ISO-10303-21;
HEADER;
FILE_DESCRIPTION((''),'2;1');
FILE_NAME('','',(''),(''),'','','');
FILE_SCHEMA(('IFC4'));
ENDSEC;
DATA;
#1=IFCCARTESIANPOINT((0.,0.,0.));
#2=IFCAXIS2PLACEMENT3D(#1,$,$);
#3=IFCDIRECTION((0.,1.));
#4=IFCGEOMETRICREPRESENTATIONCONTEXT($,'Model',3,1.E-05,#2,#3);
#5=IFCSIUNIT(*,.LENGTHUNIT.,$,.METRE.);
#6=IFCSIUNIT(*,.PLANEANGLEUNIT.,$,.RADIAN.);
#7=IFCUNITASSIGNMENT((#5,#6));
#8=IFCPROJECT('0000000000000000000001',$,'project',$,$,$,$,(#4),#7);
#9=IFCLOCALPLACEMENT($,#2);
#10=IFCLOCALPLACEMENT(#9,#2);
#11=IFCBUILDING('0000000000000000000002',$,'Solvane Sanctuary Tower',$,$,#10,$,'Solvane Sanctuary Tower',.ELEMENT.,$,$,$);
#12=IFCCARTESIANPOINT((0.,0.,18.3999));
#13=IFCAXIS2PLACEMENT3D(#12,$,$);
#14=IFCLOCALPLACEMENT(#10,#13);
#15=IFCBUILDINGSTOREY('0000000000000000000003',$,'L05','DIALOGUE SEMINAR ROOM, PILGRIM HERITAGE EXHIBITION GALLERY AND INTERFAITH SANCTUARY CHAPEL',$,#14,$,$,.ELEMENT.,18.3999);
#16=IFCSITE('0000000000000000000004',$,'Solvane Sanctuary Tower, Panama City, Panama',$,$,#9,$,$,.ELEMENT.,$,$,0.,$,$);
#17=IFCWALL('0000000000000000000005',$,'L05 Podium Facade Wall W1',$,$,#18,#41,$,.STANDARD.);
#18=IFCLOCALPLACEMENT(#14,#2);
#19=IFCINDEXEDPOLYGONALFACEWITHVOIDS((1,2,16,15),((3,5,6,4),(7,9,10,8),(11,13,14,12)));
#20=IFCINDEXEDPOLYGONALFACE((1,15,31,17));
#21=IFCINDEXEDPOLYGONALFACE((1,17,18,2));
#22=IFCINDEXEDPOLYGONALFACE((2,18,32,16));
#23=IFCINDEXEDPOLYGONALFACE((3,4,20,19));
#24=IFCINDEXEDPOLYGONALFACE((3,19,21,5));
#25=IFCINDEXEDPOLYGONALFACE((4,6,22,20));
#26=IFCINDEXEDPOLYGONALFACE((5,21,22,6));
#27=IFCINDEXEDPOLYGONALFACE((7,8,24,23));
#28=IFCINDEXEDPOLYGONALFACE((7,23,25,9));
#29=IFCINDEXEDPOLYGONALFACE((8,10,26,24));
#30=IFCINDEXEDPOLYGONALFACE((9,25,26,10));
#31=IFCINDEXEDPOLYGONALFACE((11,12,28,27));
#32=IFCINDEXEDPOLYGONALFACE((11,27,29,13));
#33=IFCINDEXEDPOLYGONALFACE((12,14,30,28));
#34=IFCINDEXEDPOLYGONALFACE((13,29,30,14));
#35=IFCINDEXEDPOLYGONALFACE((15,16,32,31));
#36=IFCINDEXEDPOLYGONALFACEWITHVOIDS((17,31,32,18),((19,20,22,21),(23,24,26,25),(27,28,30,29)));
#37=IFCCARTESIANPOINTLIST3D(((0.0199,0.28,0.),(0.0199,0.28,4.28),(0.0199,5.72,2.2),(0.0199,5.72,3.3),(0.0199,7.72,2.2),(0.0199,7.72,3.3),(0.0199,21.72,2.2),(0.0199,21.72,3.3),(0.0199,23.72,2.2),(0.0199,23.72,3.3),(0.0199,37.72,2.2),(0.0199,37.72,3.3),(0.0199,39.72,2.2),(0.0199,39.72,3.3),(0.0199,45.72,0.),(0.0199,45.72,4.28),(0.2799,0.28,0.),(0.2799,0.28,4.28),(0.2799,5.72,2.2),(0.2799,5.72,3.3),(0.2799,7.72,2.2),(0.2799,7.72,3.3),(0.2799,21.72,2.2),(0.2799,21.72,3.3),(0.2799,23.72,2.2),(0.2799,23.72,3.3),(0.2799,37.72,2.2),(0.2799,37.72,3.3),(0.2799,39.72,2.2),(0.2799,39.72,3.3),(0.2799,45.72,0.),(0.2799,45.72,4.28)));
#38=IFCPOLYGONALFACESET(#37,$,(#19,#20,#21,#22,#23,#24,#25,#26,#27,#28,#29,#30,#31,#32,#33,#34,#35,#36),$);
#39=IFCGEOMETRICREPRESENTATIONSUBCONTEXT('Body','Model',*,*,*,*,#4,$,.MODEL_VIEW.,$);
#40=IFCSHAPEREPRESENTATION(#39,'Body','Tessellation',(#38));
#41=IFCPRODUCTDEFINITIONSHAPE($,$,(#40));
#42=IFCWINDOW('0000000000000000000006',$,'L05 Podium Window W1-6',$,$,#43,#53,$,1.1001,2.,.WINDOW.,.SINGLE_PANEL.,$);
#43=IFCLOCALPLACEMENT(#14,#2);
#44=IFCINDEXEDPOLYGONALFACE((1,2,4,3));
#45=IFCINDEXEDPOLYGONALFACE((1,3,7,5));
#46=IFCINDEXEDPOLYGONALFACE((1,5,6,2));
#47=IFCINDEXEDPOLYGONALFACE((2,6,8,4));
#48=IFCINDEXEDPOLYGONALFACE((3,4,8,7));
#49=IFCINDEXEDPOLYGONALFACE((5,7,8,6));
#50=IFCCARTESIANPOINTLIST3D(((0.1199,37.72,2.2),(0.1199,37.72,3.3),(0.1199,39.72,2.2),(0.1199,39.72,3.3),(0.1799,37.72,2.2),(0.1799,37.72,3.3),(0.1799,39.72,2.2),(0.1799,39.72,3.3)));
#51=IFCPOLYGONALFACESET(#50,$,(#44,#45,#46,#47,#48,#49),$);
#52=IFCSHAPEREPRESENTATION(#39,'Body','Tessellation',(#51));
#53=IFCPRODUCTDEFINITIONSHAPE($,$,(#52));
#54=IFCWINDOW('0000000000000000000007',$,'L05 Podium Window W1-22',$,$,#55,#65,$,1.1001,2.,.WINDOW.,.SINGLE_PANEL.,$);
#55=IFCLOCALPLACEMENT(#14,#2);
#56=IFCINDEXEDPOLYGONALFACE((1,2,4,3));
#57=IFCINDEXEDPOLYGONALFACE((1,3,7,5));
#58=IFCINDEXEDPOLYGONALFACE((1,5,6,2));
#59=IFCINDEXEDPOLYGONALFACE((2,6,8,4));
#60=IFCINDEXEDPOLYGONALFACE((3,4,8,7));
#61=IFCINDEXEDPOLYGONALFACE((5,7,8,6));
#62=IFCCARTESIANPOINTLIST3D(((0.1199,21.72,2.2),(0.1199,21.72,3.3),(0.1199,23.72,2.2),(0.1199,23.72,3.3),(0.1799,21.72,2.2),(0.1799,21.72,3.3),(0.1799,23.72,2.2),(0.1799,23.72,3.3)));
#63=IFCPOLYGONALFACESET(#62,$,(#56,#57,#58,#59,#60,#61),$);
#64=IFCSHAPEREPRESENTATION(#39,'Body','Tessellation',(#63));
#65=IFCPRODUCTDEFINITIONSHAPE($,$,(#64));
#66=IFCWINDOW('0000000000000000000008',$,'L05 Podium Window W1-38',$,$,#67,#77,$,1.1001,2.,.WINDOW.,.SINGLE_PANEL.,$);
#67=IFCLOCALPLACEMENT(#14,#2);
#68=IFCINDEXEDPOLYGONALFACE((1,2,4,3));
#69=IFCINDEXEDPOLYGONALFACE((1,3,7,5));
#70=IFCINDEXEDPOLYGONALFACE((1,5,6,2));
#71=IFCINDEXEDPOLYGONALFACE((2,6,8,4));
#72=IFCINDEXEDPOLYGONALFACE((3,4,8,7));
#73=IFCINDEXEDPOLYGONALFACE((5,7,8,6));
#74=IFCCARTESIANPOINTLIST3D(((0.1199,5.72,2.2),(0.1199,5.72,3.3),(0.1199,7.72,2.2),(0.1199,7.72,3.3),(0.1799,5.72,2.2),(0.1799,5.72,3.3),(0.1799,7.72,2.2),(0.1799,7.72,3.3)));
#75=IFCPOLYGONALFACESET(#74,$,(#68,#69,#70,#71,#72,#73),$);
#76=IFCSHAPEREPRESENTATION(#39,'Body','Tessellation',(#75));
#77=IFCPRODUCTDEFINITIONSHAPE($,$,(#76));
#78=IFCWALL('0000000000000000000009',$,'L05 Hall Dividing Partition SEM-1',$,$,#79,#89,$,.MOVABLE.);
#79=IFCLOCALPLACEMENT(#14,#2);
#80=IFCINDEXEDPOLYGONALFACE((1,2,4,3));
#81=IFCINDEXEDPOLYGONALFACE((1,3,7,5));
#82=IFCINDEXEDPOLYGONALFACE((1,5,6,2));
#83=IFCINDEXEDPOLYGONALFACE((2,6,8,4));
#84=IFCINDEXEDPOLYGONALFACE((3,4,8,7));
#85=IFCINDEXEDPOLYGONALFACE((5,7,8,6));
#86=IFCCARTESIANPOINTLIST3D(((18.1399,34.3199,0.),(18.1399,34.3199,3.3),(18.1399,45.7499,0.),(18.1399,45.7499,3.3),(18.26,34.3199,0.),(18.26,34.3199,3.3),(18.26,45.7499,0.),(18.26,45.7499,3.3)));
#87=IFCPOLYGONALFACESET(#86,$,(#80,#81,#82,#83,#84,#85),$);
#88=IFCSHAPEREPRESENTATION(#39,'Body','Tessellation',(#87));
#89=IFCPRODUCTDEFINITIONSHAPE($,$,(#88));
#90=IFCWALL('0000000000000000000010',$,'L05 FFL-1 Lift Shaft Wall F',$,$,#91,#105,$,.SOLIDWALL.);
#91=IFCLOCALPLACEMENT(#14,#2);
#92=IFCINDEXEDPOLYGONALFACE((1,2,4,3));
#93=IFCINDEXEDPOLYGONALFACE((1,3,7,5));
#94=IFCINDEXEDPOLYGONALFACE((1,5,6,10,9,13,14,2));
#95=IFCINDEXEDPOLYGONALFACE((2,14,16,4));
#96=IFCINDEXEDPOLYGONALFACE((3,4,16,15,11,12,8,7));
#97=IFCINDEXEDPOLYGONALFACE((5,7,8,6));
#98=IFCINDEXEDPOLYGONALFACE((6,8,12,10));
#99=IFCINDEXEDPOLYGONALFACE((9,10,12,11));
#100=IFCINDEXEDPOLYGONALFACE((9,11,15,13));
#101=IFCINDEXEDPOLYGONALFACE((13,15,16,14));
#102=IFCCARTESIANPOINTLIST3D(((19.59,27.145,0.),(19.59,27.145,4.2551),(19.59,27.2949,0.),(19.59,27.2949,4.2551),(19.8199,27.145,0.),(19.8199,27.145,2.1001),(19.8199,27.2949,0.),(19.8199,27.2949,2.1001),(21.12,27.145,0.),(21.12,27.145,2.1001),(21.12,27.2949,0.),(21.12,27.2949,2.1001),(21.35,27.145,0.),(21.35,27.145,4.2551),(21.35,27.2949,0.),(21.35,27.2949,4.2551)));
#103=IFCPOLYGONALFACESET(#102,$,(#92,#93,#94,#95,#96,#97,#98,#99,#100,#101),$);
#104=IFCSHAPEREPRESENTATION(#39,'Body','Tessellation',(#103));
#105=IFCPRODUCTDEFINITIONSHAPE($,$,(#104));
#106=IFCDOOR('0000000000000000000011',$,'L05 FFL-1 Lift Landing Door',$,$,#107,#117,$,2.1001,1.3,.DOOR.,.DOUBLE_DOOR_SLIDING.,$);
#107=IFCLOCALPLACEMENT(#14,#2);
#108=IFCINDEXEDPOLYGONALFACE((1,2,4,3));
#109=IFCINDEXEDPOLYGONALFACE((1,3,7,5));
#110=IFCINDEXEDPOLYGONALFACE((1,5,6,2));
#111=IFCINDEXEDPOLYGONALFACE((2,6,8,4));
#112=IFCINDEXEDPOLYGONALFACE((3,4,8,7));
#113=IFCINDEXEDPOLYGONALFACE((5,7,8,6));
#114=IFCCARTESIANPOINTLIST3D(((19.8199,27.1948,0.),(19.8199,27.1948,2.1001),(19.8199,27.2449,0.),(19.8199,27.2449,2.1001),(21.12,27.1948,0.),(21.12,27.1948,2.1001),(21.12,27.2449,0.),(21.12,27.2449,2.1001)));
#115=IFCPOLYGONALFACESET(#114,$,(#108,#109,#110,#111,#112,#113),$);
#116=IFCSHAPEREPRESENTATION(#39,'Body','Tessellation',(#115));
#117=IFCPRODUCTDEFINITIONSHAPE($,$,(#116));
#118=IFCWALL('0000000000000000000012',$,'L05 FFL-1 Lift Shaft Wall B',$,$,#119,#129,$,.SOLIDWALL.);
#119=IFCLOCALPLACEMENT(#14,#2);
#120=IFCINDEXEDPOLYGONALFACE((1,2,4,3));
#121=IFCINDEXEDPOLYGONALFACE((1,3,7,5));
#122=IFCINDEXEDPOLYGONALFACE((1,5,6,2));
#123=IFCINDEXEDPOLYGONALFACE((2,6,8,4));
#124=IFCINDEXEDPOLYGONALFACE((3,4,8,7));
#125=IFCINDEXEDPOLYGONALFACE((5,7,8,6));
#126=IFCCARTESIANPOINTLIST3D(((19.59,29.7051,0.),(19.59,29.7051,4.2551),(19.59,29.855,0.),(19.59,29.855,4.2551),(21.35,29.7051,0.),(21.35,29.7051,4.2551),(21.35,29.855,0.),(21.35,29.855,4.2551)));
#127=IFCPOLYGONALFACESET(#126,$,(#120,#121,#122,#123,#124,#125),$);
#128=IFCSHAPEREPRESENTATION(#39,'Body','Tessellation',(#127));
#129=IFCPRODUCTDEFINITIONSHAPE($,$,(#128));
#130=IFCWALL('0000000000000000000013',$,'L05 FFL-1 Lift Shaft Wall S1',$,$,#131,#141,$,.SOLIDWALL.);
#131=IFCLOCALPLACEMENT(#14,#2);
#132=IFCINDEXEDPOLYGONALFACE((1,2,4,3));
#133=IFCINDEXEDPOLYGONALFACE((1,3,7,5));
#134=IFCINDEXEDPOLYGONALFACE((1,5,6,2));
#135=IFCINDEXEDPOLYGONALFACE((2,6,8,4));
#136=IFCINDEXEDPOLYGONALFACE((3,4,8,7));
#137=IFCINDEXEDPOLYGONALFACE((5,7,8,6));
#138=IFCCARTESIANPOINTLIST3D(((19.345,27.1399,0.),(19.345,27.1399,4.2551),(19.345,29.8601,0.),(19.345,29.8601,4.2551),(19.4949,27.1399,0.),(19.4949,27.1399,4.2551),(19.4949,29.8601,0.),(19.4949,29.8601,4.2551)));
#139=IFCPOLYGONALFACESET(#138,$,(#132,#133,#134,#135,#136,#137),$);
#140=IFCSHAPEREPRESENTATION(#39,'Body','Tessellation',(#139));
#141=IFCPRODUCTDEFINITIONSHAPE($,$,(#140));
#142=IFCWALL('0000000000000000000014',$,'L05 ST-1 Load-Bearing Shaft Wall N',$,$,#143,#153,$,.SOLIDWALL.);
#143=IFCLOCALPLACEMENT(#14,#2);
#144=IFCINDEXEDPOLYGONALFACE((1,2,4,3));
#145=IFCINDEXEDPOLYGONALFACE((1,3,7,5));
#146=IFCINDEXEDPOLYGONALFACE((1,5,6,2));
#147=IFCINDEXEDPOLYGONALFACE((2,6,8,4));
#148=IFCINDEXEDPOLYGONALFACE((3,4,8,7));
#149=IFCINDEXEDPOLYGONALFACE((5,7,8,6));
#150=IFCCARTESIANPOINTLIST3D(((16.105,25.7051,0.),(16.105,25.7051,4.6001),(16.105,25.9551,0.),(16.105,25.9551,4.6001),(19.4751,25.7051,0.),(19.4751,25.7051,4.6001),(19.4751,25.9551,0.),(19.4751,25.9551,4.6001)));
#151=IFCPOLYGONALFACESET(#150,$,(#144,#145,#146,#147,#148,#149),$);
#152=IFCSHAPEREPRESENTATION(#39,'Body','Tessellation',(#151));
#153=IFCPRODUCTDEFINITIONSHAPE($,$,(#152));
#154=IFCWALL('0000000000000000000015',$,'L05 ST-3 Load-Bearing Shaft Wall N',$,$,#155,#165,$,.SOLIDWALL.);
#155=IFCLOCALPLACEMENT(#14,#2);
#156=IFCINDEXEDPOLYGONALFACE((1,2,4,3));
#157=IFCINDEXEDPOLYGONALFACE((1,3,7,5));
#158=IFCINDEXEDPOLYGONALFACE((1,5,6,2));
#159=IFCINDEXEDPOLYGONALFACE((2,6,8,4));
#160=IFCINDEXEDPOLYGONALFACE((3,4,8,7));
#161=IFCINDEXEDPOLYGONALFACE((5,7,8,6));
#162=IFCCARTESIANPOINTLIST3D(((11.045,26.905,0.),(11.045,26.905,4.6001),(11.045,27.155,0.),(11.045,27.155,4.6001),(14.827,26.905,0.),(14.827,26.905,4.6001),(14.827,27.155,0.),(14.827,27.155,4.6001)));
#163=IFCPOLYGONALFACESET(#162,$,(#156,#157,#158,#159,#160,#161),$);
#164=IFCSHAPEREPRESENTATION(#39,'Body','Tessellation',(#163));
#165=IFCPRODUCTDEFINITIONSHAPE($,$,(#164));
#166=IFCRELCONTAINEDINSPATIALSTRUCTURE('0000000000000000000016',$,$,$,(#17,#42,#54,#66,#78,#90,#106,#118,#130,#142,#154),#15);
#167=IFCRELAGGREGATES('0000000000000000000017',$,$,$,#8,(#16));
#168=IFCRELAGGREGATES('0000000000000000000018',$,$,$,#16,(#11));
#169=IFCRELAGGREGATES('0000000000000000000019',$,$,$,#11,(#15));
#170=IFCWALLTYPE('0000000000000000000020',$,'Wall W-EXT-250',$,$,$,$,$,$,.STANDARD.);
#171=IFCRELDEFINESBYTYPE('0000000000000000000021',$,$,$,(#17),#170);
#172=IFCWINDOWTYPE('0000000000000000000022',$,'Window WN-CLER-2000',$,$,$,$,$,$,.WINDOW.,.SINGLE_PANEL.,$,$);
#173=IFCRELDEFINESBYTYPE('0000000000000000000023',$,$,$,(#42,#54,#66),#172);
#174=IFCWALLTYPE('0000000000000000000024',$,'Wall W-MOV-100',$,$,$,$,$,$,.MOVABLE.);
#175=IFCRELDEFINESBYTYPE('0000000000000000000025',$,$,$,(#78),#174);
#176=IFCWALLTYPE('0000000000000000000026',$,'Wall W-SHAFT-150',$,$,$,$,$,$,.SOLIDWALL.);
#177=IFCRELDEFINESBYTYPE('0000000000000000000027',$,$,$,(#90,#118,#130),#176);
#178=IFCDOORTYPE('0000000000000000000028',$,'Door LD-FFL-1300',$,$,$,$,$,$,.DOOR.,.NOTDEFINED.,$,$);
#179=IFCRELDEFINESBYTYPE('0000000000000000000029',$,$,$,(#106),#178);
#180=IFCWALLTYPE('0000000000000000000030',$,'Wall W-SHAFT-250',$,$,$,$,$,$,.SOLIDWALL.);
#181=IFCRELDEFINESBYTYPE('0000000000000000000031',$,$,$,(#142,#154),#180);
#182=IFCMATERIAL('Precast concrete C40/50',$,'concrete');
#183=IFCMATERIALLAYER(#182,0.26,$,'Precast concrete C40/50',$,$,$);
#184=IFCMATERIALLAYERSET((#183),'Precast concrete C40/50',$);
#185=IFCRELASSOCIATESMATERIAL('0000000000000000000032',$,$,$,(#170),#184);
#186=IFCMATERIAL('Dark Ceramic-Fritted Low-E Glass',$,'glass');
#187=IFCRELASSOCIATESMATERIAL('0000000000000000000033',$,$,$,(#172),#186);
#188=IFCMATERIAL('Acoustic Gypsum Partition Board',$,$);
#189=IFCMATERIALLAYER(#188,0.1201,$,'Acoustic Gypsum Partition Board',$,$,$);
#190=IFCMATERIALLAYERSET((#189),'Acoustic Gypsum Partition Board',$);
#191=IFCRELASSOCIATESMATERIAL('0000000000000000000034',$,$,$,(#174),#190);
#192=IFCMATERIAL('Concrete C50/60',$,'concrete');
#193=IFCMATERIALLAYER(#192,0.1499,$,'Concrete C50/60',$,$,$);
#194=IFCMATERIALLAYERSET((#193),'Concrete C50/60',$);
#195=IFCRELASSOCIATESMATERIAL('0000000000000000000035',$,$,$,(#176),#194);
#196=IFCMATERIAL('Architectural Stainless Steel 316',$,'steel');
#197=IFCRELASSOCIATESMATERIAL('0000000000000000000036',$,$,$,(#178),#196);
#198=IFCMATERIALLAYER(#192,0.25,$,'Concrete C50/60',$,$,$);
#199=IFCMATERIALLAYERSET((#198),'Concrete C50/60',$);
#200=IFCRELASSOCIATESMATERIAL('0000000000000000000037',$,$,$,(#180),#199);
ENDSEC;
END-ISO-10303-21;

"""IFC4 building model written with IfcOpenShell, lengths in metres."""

from ifc_helpers import new_model, si_unit, direction, frame, frame_2d, origin, place, context, subcontext, project, spatial, rectangle, extrude, material, layer, layer_set, type_object, element, fill, save


model = new_model("IFC4")

# Units and contexts
model_context = context("Model", 3, precision=1e-05, world=origin(), true_north=direction((0.0, 1.0)))
body_context = subcontext(model_context, "Body", "Model", "MODEL_VIEW")
ifc_project = project(units=[si_unit("LENGTHUNIT", "METRE"), si_unit("PLANEANGLEUNIT", "RADIAN")], contexts=[model_context])

# Site, building, storey
site_placement = place(None, origin())
site = spatial("IfcSite", under=ifc_project, at=site_placement, Name="Solvane Sanctuary Tower, Panama City, Panama", CompositionType="ELEMENT", RefElevation=0.0)
building_placement = place(site_placement, origin())
building = spatial("IfcBuilding", under=site, at=building_placement, Name="Solvane Sanctuary Tower", LongName="Solvane Sanctuary Tower", CompositionType="ELEMENT")
storey_placement = place(building_placement, frame((0.0, 0.0, 18.3999)))
storey = spatial("IfcBuildingStorey", under=building, at=storey_placement, Name="L05", Description="DIALOGUE SEMINAR ROOM, PILGRIM HERITAGE EXHIBITION GALLERY AND INTERFAITH SANCTUARY CHAPEL", CompositionType="ELEMENT", Elevation=18.3999)

# Shared definitions
ifc_material_1 = material(Name="Acoustic Gypsum Partition Board")
ifc_material_2 = material(Name="Architectural Stainless Steel 316", Category="steel")

# Wall, openings, windows
ifc_material_3 = material(Name="Precast concrete C40/50", Category="concrete")
ifc_layer_1 = layer(ifc_material_3, 0.26, Name="Precast concrete C40/50")
ifc_layer_set_1 = layer_set([ifc_layer_1], Name="Precast concrete C40/50")
wall_type_1 = type_object("IfcWallType", Name="Wall W-EXT-250", PredefinedType="STANDARD", material=ifc_layer_set_1)
wall_1_placement = place(storey_placement, frame((0.1499, 45.72, 0.0), z_axis=(0.0, 0.0, 1.0), x_axis=(0.0, -1.0, 0.0)))
wall_1 = element("IfcWall", 1, at=wall_1_placement, inside=storey, type_object=wall_type_1, Name="L05 Podium Facade Wall W1", PredefinedType="STANDARD", context=body_context, shape_type="SweptSolid", body=[
    extrude(rectangle(XDim=45.4399, YDim=0.26, at=frame_2d((22.72, 0.0))), origin(), (0.0, 0.0, 1.0), 4.28),
])
opening_1_placement = place(wall_1_placement, frame((6.0, 0.0, 2.2)))
opening_1 = element("IfcOpeningElement", 2, at=opening_1_placement, cuts=wall_1, PredefinedType="OPENING", context=body_context, shape_type="SweptSolid", body=[
    extrude(rectangle(XDim=2.0, YDim=1.1001, at=frame_2d((1.0, 0.55))), frame((0.0, 0.1399, 0.0), z_axis=(0.0, -1.0, 0.0), x_axis=(1.0, 0.0, 0.0)), (0.0, 0.0, 1.0), 0.28),
])
opening_2_placement = place(wall_1_placement, frame((22.0, 0.0, 2.2)))
opening_2 = element("IfcOpeningElement", 3, at=opening_2_placement, cuts=wall_1, PredefinedType="OPENING", context=body_context, shape_type="SweptSolid", body=[
    extrude(rectangle(XDim=2.0, YDim=1.1001, at=frame_2d((1.0, 0.55))), frame((0.0, 0.1399, 0.0), z_axis=(0.0, -1.0, 0.0), x_axis=(1.0, 0.0, 0.0)), (0.0, 0.0, 1.0), 0.28),
])
opening_3_placement = place(wall_1_placement, frame((38.0, 0.0, 2.2)))
opening_3 = element("IfcOpeningElement", 4, at=opening_3_placement, cuts=wall_1, PredefinedType="OPENING", context=body_context, shape_type="SweptSolid", body=[
    extrude(rectangle(XDim=2.0, YDim=1.1001, at=frame_2d((1.0, 0.55))), frame((0.0, 0.1399, 0.0), z_axis=(0.0, -1.0, 0.0), x_axis=(1.0, 0.0, 0.0)), (0.0, 0.0, 1.0), 0.28),
])
ifc_material_4 = material(Name="Dark Ceramic-Fritted Low-E Glass", Category="glass")
window_type = type_object("IfcWindowType", Name="Window WN-CLER-2000", PartitioningType="SINGLE_PANEL", PredefinedType="WINDOW", material=ifc_material_4)
window_1_placement = place(opening_1_placement, origin())
window_1 = element("IfcWindow", 5, at=window_1_placement, inside=storey, type_object=window_type, Name="L05 Podium Window W1-6", OverallHeight=1.1001, OverallWidth=2.0, PartitioningType="SINGLE_PANEL", PredefinedType="WINDOW", context=body_context, shape_type="SweptSolid", body=[
    extrude(rectangle(XDim=2.0, YDim=1.1001, at=frame_2d((1.0, 0.55))), frame((0.0, 0.03, 0.0), z_axis=(0.0, -1.0, 0.0), x_axis=(1.0, 0.0, 0.0)), (0.0, 0.0, 1.0), 0.0601),
])
fill(opening_1, window_1)
window_2_placement = place(opening_2_placement, origin())
window_2 = element("IfcWindow", 6, at=window_2_placement, inside=storey, type_object=window_type, Name="L05 Podium Window W1-22", OverallHeight=1.1001, OverallWidth=2.0, PartitioningType="SINGLE_PANEL", PredefinedType="WINDOW", context=body_context, shape_type="SweptSolid", body=[
    extrude(rectangle(XDim=2.0, YDim=1.1001, at=frame_2d((1.0, 0.55))), frame((0.0, 0.03, 0.0), z_axis=(0.0, -1.0, 0.0), x_axis=(1.0, 0.0, 0.0)), (0.0, 0.0, 1.0), 0.0601),
])
fill(opening_2, window_2)
window_3_placement = place(opening_3_placement, origin())
window_3 = element("IfcWindow", 7, at=window_3_placement, inside=storey, type_object=window_type, Name="L05 Podium Window W1-38", OverallHeight=1.1001, OverallWidth=2.0, PartitioningType="SINGLE_PANEL", PredefinedType="WINDOW", context=body_context, shape_type="SweptSolid", body=[
    extrude(rectangle(XDim=2.0, YDim=1.1001, at=frame_2d((1.0, 0.55))), frame((0.0, 0.03, 0.0), z_axis=(0.0, -1.0, 0.0), x_axis=(1.0, 0.0, 0.0)), (0.0, 0.0, 1.0), 0.0601),
])
fill(opening_3, window_3)

# Wall
ifc_layer_2 = layer(ifc_material_1, 0.1201, Name="Acoustic Gypsum Partition Board")
ifc_layer_set_2 = layer_set([ifc_layer_2], Name="Acoustic Gypsum Partition Board")
wall_type_2 = type_object("IfcWallType", Name="Wall W-MOV-100", PredefinedType="MOVABLE", material=ifc_layer_set_2)
wall_2_placement = place(storey_placement, frame((18.2, 34.3201, 0.0), z_axis=(0.0, 0.0, 1.0), x_axis=(0.0, 1.0, 0.0)))
element("IfcWall", 8, at=wall_2_placement, inside=storey, type_object=wall_type_2, Name="L05 Hall Dividing Partition SEM-1", PredefinedType="MOVABLE", context=body_context, shape_type="SweptSolid", body=[
    extrude(rectangle(XDim=11.4299, YDim=0.1201, at=frame_2d((5.7148, 0.0))), origin(), (0.0, 0.0, 1.0), 3.3),
])

# Wall, opening, door
ifc_material_5 = material(Name="Concrete C50/60", Category="concrete")
ifc_layer_3 = layer(ifc_material_5, 0.1499, Name="Concrete C50/60")
ifc_layer_set_3 = layer_set([ifc_layer_3], Name="Concrete C50/60")
wall_type_3 = type_object("IfcWallType", Name="Wall W-SHAFT-150", PredefinedType="SOLIDWALL", material=ifc_layer_set_3)
wall_3_placement = place(storey_placement, frame((19.5901, 27.22, 0.0), z_axis=(0.0, 0.0, 1.0), x_axis=(1.0, 0.0, 0.0)))
wall_3 = element("IfcWall", 9, at=wall_3_placement, inside=storey, type_object=wall_type_3, Name="L05 FFL-1 Lift Shaft Wall F", PredefinedType="SOLIDWALL", context=body_context, shape_type="SweptSolid", body=[
    extrude(rectangle(XDim=1.76, YDim=0.1499, at=frame_2d((0.8799, 0.0))), origin(), (0.0, 0.0, 1.0), 4.2551),
])
opening_4_placement = place(wall_3_placement, frame((0.23, 0.0, 0.0)))
opening_4 = element("IfcOpeningElement", 10, at=opening_4_placement, cuts=wall_3, PredefinedType="OPENING", context=body_context, shape_type="SweptSolid", body=[
    extrude(rectangle(XDim=1.3, YDim=2.1001, at=frame_2d((0.6499, 1.05))), frame((0.0, 0.085, 0.0), z_axis=(0.0, -1.0, 0.0), x_axis=(1.0, 0.0, 0.0)), (0.0, 0.0, 1.0), 0.1699),
])
door_type_1 = type_object("IfcDoorType", Name="Door LD-FFL-1300", OperationType="NOTDEFINED", PredefinedType="DOOR", material=ifc_material_2)
door_1_placement = place(opening_4_placement, origin())
door_1 = element("IfcDoor", 11, at=door_1_placement, inside=storey, type_object=door_type_1, Name="L05 FFL-1 Lift Landing Door", OperationType="DOUBLE_DOOR_SLIDING", OverallHeight=2.1001, OverallWidth=1.3, PredefinedType="DOOR", context=body_context, shape_type="SweptSolid", body=[
    extrude(rectangle(XDim=1.3, YDim=2.1001, at=frame_2d((0.6499, 1.05))), frame((0.0, 0.0249, 0.0), z_axis=(0.0, -1.0, 0.0), x_axis=(1.0, 0.0, 0.0)), (0.0, 0.0, 1.0), 0.05),
])
fill(opening_4, door_1)

# Walls
wall_4_placement = place(storey_placement, frame((19.5901, 29.78, 0.0), z_axis=(0.0, 0.0, 1.0), x_axis=(1.0, 0.0, 0.0)))
element("IfcWall", 12, at=wall_4_placement, inside=storey, type_object=wall_type_3, Name="L05 FFL-1 Lift Shaft Wall B", PredefinedType="SOLIDWALL", context=body_context, shape_type="SweptSolid", body=[
    extrude(rectangle(XDim=1.76, YDim=0.1499, at=frame_2d((0.8799, 0.0))), origin(), (0.0, 0.0, 1.0), 4.2551),
])
wall_5_placement = place(storey_placement, frame((19.4199, 27.1399, 0.0), z_axis=(0.0, 0.0, 1.0), x_axis=(0.0, 1.0, 0.0)))
element("IfcWall", 13, at=wall_5_placement, inside=storey, type_object=wall_type_3, Name="L05 FFL-1 Lift Shaft Wall S1", PredefinedType="SOLIDWALL", context=body_context, shape_type="SweptSolid", body=[
    extrude(rectangle(XDim=2.7202, YDim=0.1499, at=frame_2d((1.3601, 0.0))), origin(), (0.0, 0.0, 1.0), 4.2551),
])
ifc_layer_4 = layer(ifc_material_5, 0.25, Name="Concrete C50/60")
ifc_layer_set_4 = layer_set([ifc_layer_4], Name="Concrete C50/60")
wall_type_4 = type_object("IfcWallType", Name="Wall W-SHAFT-250", PredefinedType="SOLIDWALL", material=ifc_layer_set_4)
wall_6_placement = place(storey_placement, frame((16.105, 25.8301, 0.0), z_axis=(0.0, 0.0, 1.0), x_axis=(1.0, 0.0, 0.0)))
element("IfcWall", 14, at=wall_6_placement, inside=storey, type_object=wall_type_4, Name="L05 ST-1 Load-Bearing Shaft Wall N", PredefinedType="SOLIDWALL", context=body_context, shape_type="SweptSolid", body=[
    extrude(rectangle(XDim=3.3701, YDim=0.25, at=frame_2d((1.6851, 0.0))), origin(), (0.0, 0.0, 1.0), 4.6001),
])
wall_7_placement = place(storey_placement, frame((11.0449, 27.03, 0.0), z_axis=(0.0, 0.0, 1.0), x_axis=(1.0, 0.0, 0.0)))
element("IfcWall", 15, at=wall_7_placement, inside=storey, type_object=wall_type_4, Name="L05 ST-3 Load-Bearing Shaft Wall N", PredefinedType="SOLIDWALL", context=body_context, shape_type="SweptSolid", body=[
    extrude(rectangle(XDim=3.782, YDim=0.25, at=frame_2d((1.8911, 0.0))), origin(), (0.0, 0.0, 1.0), 4.6001),
])

save(model, "model.ifc")
